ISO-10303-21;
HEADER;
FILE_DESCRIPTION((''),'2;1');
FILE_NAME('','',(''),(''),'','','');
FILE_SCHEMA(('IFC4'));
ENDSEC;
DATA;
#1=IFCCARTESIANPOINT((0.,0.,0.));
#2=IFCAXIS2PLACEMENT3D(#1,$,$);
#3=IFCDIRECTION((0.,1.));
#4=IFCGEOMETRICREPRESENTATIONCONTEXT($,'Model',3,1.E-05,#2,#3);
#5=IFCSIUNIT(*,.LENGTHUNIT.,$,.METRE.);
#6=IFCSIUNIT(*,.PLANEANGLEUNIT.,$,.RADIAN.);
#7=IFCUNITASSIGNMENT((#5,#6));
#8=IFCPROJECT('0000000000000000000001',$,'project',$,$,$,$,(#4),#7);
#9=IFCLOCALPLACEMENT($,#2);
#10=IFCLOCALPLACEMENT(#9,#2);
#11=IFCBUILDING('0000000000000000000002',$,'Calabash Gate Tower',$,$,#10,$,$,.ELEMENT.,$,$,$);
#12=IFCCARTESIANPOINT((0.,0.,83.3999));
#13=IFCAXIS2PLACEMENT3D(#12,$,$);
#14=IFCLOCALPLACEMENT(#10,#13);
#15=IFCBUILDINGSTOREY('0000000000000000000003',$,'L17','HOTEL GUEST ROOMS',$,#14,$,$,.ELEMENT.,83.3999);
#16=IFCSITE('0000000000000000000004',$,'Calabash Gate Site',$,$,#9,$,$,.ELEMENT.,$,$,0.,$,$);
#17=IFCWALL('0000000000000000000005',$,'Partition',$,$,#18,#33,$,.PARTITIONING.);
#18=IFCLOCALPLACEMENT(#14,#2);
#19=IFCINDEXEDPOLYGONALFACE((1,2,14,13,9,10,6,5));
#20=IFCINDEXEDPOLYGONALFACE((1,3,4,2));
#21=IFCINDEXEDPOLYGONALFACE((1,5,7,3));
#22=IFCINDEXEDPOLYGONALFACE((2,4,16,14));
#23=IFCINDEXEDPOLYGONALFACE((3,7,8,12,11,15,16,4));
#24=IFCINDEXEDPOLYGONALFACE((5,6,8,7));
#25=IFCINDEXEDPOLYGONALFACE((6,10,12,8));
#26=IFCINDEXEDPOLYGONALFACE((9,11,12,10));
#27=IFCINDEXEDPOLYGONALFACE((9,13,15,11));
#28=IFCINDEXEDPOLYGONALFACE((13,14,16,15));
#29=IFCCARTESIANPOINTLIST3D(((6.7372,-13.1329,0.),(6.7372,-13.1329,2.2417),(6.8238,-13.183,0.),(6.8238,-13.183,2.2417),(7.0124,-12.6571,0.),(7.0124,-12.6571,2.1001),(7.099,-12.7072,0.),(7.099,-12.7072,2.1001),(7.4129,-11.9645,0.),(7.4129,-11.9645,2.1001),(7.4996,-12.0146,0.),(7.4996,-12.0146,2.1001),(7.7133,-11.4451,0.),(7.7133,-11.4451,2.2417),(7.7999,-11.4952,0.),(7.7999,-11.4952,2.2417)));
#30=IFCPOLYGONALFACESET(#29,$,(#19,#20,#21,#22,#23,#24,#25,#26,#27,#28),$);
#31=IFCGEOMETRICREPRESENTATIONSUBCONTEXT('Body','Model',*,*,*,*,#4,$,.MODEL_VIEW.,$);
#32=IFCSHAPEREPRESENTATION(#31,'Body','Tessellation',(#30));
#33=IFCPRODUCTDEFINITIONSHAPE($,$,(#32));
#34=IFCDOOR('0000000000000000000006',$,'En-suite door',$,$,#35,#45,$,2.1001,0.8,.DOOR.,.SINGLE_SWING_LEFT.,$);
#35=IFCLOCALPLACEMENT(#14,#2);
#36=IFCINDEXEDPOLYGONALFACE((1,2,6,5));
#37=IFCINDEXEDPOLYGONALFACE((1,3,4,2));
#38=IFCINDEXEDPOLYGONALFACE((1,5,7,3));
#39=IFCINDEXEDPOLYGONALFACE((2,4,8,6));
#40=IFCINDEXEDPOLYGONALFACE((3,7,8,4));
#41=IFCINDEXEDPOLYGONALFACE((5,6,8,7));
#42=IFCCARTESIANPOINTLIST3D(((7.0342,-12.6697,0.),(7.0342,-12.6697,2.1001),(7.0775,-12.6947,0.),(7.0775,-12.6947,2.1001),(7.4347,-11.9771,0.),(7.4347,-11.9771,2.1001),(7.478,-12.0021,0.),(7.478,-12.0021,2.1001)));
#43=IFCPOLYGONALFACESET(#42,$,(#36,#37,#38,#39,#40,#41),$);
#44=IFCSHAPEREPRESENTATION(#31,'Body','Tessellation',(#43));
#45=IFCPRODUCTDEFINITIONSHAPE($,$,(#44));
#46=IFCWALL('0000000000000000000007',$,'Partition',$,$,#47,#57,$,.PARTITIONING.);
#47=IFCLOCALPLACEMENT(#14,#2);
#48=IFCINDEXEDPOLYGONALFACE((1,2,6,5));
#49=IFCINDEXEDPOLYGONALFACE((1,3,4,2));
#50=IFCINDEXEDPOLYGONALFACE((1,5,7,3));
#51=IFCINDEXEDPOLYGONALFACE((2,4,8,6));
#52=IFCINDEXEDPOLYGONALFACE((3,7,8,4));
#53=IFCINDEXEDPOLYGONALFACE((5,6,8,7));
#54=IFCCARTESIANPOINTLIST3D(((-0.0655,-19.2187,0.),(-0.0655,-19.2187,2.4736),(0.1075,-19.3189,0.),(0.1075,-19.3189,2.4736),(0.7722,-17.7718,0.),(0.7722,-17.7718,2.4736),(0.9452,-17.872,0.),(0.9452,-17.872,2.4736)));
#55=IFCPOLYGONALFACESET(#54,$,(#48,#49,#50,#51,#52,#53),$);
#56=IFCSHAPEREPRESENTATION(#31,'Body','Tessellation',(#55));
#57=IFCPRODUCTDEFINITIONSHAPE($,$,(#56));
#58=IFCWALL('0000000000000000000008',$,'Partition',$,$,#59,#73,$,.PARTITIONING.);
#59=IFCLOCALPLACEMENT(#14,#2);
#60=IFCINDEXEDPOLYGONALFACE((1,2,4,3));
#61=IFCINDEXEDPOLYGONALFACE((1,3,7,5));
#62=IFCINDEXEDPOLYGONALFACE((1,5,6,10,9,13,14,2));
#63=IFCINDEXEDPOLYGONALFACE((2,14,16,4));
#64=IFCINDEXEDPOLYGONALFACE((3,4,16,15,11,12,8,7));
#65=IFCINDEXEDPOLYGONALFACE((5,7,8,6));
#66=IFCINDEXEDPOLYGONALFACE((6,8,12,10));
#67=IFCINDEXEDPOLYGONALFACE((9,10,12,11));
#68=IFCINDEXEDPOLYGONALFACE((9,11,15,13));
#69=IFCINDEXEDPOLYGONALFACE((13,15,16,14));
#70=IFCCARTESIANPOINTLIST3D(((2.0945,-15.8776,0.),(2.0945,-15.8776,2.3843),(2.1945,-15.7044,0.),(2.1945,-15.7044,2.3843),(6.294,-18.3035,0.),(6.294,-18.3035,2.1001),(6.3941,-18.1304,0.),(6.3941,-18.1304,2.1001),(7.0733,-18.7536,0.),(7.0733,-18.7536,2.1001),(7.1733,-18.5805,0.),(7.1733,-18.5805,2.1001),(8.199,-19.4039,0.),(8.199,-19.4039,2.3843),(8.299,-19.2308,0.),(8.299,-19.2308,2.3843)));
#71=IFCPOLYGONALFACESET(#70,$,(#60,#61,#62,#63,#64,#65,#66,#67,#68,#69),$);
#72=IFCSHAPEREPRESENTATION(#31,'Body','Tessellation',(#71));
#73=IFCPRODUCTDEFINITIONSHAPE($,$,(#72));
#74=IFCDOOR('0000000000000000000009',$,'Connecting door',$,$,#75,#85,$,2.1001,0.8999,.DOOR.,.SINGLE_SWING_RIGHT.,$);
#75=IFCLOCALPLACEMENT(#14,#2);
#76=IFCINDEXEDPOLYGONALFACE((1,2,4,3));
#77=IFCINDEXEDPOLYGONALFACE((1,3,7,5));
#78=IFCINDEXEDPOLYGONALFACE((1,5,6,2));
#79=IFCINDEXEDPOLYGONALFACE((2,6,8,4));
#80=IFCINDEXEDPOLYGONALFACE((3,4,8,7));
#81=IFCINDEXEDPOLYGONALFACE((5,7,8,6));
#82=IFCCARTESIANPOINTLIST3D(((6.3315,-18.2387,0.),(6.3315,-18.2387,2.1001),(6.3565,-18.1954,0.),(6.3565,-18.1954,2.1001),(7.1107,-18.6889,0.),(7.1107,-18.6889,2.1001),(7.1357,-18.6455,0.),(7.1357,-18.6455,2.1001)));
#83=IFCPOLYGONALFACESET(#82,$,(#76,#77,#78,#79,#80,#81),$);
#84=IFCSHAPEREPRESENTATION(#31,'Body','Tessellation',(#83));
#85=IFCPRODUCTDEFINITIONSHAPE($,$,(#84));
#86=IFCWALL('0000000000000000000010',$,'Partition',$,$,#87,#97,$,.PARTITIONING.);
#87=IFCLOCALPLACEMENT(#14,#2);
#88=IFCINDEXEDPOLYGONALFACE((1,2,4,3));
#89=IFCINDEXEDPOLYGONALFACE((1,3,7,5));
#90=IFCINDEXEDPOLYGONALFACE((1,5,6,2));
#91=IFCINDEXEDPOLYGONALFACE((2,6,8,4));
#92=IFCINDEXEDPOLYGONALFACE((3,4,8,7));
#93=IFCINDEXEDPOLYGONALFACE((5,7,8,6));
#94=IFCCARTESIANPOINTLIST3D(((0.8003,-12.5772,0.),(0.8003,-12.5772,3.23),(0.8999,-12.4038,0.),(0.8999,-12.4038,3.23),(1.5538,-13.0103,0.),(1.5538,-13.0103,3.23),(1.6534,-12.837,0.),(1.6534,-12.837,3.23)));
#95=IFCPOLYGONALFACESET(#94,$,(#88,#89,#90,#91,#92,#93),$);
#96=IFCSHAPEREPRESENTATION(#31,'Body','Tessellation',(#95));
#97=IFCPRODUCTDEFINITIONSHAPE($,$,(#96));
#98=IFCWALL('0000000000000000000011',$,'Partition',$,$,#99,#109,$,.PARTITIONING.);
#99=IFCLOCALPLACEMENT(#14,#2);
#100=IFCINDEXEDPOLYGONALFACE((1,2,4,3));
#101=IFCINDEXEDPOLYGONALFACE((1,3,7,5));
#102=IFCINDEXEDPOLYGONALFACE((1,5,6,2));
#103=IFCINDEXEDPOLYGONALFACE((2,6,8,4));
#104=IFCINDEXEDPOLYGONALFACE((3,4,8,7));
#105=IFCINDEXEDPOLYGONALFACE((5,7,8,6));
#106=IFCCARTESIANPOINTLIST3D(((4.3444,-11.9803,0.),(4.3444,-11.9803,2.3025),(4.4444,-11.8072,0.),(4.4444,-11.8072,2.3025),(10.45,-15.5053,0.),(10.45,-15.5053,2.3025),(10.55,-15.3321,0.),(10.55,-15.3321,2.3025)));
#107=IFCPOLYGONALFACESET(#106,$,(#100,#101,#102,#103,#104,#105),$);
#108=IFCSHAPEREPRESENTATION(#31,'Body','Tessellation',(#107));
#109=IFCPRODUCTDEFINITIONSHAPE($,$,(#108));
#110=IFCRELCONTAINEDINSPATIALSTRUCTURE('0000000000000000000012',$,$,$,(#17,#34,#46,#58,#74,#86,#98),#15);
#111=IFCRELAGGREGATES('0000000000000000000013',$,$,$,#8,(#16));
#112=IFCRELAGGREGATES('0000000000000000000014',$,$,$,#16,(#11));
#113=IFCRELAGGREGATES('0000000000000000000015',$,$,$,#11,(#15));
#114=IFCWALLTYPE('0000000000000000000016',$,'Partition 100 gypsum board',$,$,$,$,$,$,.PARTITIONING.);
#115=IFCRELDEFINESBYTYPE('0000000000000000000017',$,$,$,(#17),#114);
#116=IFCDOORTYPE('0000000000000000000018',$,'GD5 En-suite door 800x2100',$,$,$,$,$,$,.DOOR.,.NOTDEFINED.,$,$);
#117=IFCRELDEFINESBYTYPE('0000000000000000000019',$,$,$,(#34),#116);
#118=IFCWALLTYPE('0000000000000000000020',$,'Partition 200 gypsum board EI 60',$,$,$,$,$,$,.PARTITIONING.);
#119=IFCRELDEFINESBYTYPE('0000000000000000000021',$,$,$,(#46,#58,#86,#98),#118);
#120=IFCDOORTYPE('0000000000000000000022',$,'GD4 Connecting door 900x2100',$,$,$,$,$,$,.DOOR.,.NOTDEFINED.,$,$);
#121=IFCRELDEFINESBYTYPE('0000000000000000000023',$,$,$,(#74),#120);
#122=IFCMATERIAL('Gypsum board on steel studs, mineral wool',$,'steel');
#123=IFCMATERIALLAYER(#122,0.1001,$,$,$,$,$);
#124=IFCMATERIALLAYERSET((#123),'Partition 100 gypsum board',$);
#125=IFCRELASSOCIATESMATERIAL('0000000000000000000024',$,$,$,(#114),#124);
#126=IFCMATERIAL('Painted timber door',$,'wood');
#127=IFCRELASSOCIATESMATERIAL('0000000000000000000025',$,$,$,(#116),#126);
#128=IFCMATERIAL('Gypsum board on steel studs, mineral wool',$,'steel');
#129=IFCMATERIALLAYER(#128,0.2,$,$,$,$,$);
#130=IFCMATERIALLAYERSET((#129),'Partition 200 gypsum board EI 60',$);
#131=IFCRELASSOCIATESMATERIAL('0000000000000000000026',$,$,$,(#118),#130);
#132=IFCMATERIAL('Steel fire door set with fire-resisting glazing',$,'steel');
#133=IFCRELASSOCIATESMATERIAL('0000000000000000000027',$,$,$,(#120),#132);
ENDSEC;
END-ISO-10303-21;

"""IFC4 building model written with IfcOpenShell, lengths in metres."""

from ifc_helpers import new_model, si_unit, direction, frame, frame_2d, origin, place, context, subcontext, project, spatial, rectangle, extrude, material, layer, layer_set, type_object, element, fill, save


model = new_model("IFC4")

# Units and contexts
model_context = context("Model", 3, precision=1e-05, world=origin(), true_north=direction((0.0, 1.0)))
body_context = subcontext(model_context, "Body", "Model", "MODEL_VIEW")
ifc_project = project(units=[si_unit("LENGTHUNIT", "METRE"), si_unit("PLANEANGLEUNIT", "RADIAN")], contexts=[model_context])

# Site, building, storey
site_placement = place(None, origin())
site = spatial("IfcSite", under=ifc_project, at=site_placement, Name="Calabash Gate Site", CompositionType="ELEMENT", RefElevation=0.0)
building_placement = place(site_placement, origin())
building = spatial("IfcBuilding", under=site, at=building_placement, Name="Calabash Gate Tower", CompositionType="ELEMENT")
storey_placement = place(building_placement, frame((0.0, 0.0, 83.3999)))
storey = spatial("IfcBuildingStorey", under=building, at=storey_placement, Name="L17", Description="HOTEL GUEST ROOMS", CompositionType="ELEMENT", Elevation=83.3999)

# Shared definitions
ifc_material_1 = material(Name="Gypsum board on steel studs, mineral wool", Category="steel")
ifc_layer_1 = layer(ifc_material_1, 0.1001)
ifc_layer_set_1 = layer_set([ifc_layer_1], Name="Partition 100 gypsum board")
wall_type_1 = type_object("IfcWallType", Name="Partition 100 gypsum board", PredefinedType="PARTITIONING", material=ifc_layer_set_1)

# Shared definitions
ifc_material_2 = material(Name="Painted timber door", Category="wood")
door_type_1 = type_object("IfcDoorType", Name="GD5 En-suite door 800x2100", OperationType="NOTDEFINED", PredefinedType="DOOR", material=ifc_material_2)

# Wall, opening, door
wall_1_placement = place(storey_placement, frame((6.7805, -13.158, 0.0), z_axis=(0.0, 0.0, 1.0), x_axis=(0.500636, 0.865658, 0.0)))
wall_1 = element("IfcWall", 1, at=wall_1_placement, inside=storey, type_object=wall_type_1, Name="Partition", PredefinedType="PARTITIONING", context=body_context, shape_type="SweptSolid", body=[
    extrude(rectangle(XDim=1.9497, YDim=0.1001, at=frame_2d((0.9749, 0.0))), origin(), (0.0, 0.0, 1.0), 2.2417),
])
opening_1_placement = place(wall_1_placement, frame((0.5498, 0.0, 0.0)))
opening_1 = element("IfcOpeningElement", 2, at=opening_1_placement, cuts=wall_1, PredefinedType="OPENING", context=body_context, shape_type="SweptSolid", body=[
    extrude(rectangle(XDim=0.8, YDim=2.1001, at=frame_2d((0.3999, 1.05))), frame((0.0, 0.0601, 0.0), z_axis=(0.0, -1.0, 0.0), x_axis=(1.0, 0.0, 0.0)), (0.0, 0.0, 1.0), 0.1201),
])
door_1_placement = place(opening_1_placement, origin())
door_1 = element("IfcDoor", 3, at=door_1_placement, inside=storey, type_object=door_type_1, Name="En-suite door", OperationType="SINGLE_SWING_LEFT", OverallHeight=2.1001, OverallWidth=0.8, PredefinedType="DOOR", context=body_context, shape_type="SweptSolid", body=[
    extrude(rectangle(XDim=0.8, YDim=2.1001, at=frame_2d((0.3999, 1.05))), frame((0.0, 0.0249, 0.0), z_axis=(0.0, -1.0, 0.0), x_axis=(1.0, 0.0, 0.0)), (0.0, 0.0, 1.0), 0.05),
])
fill(opening_1, door_1)

# Wall
ifc_material_3 = material(Name="Gypsum board on steel studs, mineral wool", Category="steel")
ifc_layer_2 = layer(ifc_material_3, 0.2)
ifc_layer_set_2 = layer_set([ifc_layer_2], Name="Partition 200 gypsum board EI 60")
wall_type_2 = type_object("IfcWallType", Name="Partition 200 gypsum board EI 60", PredefinedType="PARTITIONING", material=ifc_layer_set_2)
wall_2_placement = place(storey_placement, frame((0.021, -19.2688, 0.0), z_axis=(0.0, 0.0, 1.0), x_axis=(0.501054, 0.865416, 0.0)))
element("IfcWall", 4, at=wall_2_placement, inside=storey, type_object=wall_type_2, Name="Partition", PredefinedType="PARTITIONING", context=body_context, shape_type="SweptSolid", body=[
    extrude(rectangle(XDim=1.6719, YDim=0.2, at=frame_2d((0.8359, 0.0))), origin(), (0.0, 0.0, 1.0), 2.4736),
])

# Wall, opening, door
wall_3_placement = place(storey_placement, frame((2.1445, -15.791, 0.0), z_axis=(0.0, 0.0, 1.0), x_axis=(0.865906, -0.500206, 0.0)))
wall_3 = element("IfcWall", 5, at=wall_3_placement, inside=storey, type_object=wall_type_2, Name="Partition", PredefinedType="PARTITIONING", context=body_context, shape_type="SweptSolid", body=[
    extrude(rectangle(XDim=7.0498, YDim=0.2, at=frame_2d((3.5249, 0.0))), origin(), (0.0, 0.0, 1.0), 2.3843),
])
opening_2_placement = place(wall_3_placement, frame((4.8499, 0.0, 0.0)))
opening_2 = element("IfcOpeningElement", 6, at=opening_2_placement, cuts=wall_3, PredefinedType="OPENING", context=body_context, shape_type="SweptSolid", body=[
    extrude(rectangle(XDim=0.8999, YDim=2.1001, at=frame_2d((0.45, 1.05))), frame((0.0, 0.1099, 0.0), z_axis=(0.0, -1.0, 0.0), x_axis=(1.0, 0.0, 0.0)), (0.0, 0.0, 1.0), 0.22),
])
ifc_material_4 = material(Name="Steel fire door set with fire-resisting glazing", Category="steel")
door_type_2 = type_object("IfcDoorType", Name="GD4 Connecting door 900x2100", OperationType="NOTDEFINED", PredefinedType="DOOR", material=ifc_material_4)
door_2_placement = place(opening_2_placement, origin())
door_2 = element("IfcDoor", 7, at=door_2_placement, inside=storey, type_object=door_type_2, Name="Connecting door", OperationType="SINGLE_SWING_RIGHT", OverallHeight=2.1001, OverallWidth=0.8999, PredefinedType="DOOR", context=body_context, shape_type="SweptSolid", body=[
    extrude(rectangle(XDim=0.8999, YDim=2.1001, at=frame_2d((0.45, 1.05))), frame((0.0, 0.0249, 0.0), z_axis=(0.0, -1.0, 0.0), x_axis=(1.0, 0.0, 0.0)), (0.0, 0.0, 1.0), 0.05),
])
fill(opening_2, door_2)

# Walls
wall_4_placement = place(storey_placement, frame((0.8501, -12.4905, 0.0), z_axis=(0.0, 0.0, 1.0), x_axis=(0.866961, -0.498376, 0.0)))
element("IfcWall", 8, at=wall_4_placement, inside=storey, type_object=wall_type_2, Name="Partition", PredefinedType="PARTITIONING", context=body_context, shape_type="SweptSolid", body=[
    extrude(rectangle(XDim=0.8691, YDim=0.2, at=frame_2d((0.4346, 0.0))), origin(), (0.0, 0.0, 1.0), 3.23),
])
wall_5_placement = place(storey_placement, frame((4.3945, -11.8938, 0.0), z_axis=(0.0, 0.0, 1.0), x_axis=(0.866031, -0.49999, 0.0)))
element("IfcWall", 9, at=wall_5_placement, inside=storey, type_object=wall_type_2, Name="Partition", PredefinedType="PARTITIONING", context=body_context, shape_type="SweptSolid", body=[
    extrude(rectangle(XDim=7.05, YDim=0.2, at=frame_2d((3.5249, 0.0))), origin(), (0.0, 0.0, 1.0), 2.3025),
])

save(model, "model.ifc")
